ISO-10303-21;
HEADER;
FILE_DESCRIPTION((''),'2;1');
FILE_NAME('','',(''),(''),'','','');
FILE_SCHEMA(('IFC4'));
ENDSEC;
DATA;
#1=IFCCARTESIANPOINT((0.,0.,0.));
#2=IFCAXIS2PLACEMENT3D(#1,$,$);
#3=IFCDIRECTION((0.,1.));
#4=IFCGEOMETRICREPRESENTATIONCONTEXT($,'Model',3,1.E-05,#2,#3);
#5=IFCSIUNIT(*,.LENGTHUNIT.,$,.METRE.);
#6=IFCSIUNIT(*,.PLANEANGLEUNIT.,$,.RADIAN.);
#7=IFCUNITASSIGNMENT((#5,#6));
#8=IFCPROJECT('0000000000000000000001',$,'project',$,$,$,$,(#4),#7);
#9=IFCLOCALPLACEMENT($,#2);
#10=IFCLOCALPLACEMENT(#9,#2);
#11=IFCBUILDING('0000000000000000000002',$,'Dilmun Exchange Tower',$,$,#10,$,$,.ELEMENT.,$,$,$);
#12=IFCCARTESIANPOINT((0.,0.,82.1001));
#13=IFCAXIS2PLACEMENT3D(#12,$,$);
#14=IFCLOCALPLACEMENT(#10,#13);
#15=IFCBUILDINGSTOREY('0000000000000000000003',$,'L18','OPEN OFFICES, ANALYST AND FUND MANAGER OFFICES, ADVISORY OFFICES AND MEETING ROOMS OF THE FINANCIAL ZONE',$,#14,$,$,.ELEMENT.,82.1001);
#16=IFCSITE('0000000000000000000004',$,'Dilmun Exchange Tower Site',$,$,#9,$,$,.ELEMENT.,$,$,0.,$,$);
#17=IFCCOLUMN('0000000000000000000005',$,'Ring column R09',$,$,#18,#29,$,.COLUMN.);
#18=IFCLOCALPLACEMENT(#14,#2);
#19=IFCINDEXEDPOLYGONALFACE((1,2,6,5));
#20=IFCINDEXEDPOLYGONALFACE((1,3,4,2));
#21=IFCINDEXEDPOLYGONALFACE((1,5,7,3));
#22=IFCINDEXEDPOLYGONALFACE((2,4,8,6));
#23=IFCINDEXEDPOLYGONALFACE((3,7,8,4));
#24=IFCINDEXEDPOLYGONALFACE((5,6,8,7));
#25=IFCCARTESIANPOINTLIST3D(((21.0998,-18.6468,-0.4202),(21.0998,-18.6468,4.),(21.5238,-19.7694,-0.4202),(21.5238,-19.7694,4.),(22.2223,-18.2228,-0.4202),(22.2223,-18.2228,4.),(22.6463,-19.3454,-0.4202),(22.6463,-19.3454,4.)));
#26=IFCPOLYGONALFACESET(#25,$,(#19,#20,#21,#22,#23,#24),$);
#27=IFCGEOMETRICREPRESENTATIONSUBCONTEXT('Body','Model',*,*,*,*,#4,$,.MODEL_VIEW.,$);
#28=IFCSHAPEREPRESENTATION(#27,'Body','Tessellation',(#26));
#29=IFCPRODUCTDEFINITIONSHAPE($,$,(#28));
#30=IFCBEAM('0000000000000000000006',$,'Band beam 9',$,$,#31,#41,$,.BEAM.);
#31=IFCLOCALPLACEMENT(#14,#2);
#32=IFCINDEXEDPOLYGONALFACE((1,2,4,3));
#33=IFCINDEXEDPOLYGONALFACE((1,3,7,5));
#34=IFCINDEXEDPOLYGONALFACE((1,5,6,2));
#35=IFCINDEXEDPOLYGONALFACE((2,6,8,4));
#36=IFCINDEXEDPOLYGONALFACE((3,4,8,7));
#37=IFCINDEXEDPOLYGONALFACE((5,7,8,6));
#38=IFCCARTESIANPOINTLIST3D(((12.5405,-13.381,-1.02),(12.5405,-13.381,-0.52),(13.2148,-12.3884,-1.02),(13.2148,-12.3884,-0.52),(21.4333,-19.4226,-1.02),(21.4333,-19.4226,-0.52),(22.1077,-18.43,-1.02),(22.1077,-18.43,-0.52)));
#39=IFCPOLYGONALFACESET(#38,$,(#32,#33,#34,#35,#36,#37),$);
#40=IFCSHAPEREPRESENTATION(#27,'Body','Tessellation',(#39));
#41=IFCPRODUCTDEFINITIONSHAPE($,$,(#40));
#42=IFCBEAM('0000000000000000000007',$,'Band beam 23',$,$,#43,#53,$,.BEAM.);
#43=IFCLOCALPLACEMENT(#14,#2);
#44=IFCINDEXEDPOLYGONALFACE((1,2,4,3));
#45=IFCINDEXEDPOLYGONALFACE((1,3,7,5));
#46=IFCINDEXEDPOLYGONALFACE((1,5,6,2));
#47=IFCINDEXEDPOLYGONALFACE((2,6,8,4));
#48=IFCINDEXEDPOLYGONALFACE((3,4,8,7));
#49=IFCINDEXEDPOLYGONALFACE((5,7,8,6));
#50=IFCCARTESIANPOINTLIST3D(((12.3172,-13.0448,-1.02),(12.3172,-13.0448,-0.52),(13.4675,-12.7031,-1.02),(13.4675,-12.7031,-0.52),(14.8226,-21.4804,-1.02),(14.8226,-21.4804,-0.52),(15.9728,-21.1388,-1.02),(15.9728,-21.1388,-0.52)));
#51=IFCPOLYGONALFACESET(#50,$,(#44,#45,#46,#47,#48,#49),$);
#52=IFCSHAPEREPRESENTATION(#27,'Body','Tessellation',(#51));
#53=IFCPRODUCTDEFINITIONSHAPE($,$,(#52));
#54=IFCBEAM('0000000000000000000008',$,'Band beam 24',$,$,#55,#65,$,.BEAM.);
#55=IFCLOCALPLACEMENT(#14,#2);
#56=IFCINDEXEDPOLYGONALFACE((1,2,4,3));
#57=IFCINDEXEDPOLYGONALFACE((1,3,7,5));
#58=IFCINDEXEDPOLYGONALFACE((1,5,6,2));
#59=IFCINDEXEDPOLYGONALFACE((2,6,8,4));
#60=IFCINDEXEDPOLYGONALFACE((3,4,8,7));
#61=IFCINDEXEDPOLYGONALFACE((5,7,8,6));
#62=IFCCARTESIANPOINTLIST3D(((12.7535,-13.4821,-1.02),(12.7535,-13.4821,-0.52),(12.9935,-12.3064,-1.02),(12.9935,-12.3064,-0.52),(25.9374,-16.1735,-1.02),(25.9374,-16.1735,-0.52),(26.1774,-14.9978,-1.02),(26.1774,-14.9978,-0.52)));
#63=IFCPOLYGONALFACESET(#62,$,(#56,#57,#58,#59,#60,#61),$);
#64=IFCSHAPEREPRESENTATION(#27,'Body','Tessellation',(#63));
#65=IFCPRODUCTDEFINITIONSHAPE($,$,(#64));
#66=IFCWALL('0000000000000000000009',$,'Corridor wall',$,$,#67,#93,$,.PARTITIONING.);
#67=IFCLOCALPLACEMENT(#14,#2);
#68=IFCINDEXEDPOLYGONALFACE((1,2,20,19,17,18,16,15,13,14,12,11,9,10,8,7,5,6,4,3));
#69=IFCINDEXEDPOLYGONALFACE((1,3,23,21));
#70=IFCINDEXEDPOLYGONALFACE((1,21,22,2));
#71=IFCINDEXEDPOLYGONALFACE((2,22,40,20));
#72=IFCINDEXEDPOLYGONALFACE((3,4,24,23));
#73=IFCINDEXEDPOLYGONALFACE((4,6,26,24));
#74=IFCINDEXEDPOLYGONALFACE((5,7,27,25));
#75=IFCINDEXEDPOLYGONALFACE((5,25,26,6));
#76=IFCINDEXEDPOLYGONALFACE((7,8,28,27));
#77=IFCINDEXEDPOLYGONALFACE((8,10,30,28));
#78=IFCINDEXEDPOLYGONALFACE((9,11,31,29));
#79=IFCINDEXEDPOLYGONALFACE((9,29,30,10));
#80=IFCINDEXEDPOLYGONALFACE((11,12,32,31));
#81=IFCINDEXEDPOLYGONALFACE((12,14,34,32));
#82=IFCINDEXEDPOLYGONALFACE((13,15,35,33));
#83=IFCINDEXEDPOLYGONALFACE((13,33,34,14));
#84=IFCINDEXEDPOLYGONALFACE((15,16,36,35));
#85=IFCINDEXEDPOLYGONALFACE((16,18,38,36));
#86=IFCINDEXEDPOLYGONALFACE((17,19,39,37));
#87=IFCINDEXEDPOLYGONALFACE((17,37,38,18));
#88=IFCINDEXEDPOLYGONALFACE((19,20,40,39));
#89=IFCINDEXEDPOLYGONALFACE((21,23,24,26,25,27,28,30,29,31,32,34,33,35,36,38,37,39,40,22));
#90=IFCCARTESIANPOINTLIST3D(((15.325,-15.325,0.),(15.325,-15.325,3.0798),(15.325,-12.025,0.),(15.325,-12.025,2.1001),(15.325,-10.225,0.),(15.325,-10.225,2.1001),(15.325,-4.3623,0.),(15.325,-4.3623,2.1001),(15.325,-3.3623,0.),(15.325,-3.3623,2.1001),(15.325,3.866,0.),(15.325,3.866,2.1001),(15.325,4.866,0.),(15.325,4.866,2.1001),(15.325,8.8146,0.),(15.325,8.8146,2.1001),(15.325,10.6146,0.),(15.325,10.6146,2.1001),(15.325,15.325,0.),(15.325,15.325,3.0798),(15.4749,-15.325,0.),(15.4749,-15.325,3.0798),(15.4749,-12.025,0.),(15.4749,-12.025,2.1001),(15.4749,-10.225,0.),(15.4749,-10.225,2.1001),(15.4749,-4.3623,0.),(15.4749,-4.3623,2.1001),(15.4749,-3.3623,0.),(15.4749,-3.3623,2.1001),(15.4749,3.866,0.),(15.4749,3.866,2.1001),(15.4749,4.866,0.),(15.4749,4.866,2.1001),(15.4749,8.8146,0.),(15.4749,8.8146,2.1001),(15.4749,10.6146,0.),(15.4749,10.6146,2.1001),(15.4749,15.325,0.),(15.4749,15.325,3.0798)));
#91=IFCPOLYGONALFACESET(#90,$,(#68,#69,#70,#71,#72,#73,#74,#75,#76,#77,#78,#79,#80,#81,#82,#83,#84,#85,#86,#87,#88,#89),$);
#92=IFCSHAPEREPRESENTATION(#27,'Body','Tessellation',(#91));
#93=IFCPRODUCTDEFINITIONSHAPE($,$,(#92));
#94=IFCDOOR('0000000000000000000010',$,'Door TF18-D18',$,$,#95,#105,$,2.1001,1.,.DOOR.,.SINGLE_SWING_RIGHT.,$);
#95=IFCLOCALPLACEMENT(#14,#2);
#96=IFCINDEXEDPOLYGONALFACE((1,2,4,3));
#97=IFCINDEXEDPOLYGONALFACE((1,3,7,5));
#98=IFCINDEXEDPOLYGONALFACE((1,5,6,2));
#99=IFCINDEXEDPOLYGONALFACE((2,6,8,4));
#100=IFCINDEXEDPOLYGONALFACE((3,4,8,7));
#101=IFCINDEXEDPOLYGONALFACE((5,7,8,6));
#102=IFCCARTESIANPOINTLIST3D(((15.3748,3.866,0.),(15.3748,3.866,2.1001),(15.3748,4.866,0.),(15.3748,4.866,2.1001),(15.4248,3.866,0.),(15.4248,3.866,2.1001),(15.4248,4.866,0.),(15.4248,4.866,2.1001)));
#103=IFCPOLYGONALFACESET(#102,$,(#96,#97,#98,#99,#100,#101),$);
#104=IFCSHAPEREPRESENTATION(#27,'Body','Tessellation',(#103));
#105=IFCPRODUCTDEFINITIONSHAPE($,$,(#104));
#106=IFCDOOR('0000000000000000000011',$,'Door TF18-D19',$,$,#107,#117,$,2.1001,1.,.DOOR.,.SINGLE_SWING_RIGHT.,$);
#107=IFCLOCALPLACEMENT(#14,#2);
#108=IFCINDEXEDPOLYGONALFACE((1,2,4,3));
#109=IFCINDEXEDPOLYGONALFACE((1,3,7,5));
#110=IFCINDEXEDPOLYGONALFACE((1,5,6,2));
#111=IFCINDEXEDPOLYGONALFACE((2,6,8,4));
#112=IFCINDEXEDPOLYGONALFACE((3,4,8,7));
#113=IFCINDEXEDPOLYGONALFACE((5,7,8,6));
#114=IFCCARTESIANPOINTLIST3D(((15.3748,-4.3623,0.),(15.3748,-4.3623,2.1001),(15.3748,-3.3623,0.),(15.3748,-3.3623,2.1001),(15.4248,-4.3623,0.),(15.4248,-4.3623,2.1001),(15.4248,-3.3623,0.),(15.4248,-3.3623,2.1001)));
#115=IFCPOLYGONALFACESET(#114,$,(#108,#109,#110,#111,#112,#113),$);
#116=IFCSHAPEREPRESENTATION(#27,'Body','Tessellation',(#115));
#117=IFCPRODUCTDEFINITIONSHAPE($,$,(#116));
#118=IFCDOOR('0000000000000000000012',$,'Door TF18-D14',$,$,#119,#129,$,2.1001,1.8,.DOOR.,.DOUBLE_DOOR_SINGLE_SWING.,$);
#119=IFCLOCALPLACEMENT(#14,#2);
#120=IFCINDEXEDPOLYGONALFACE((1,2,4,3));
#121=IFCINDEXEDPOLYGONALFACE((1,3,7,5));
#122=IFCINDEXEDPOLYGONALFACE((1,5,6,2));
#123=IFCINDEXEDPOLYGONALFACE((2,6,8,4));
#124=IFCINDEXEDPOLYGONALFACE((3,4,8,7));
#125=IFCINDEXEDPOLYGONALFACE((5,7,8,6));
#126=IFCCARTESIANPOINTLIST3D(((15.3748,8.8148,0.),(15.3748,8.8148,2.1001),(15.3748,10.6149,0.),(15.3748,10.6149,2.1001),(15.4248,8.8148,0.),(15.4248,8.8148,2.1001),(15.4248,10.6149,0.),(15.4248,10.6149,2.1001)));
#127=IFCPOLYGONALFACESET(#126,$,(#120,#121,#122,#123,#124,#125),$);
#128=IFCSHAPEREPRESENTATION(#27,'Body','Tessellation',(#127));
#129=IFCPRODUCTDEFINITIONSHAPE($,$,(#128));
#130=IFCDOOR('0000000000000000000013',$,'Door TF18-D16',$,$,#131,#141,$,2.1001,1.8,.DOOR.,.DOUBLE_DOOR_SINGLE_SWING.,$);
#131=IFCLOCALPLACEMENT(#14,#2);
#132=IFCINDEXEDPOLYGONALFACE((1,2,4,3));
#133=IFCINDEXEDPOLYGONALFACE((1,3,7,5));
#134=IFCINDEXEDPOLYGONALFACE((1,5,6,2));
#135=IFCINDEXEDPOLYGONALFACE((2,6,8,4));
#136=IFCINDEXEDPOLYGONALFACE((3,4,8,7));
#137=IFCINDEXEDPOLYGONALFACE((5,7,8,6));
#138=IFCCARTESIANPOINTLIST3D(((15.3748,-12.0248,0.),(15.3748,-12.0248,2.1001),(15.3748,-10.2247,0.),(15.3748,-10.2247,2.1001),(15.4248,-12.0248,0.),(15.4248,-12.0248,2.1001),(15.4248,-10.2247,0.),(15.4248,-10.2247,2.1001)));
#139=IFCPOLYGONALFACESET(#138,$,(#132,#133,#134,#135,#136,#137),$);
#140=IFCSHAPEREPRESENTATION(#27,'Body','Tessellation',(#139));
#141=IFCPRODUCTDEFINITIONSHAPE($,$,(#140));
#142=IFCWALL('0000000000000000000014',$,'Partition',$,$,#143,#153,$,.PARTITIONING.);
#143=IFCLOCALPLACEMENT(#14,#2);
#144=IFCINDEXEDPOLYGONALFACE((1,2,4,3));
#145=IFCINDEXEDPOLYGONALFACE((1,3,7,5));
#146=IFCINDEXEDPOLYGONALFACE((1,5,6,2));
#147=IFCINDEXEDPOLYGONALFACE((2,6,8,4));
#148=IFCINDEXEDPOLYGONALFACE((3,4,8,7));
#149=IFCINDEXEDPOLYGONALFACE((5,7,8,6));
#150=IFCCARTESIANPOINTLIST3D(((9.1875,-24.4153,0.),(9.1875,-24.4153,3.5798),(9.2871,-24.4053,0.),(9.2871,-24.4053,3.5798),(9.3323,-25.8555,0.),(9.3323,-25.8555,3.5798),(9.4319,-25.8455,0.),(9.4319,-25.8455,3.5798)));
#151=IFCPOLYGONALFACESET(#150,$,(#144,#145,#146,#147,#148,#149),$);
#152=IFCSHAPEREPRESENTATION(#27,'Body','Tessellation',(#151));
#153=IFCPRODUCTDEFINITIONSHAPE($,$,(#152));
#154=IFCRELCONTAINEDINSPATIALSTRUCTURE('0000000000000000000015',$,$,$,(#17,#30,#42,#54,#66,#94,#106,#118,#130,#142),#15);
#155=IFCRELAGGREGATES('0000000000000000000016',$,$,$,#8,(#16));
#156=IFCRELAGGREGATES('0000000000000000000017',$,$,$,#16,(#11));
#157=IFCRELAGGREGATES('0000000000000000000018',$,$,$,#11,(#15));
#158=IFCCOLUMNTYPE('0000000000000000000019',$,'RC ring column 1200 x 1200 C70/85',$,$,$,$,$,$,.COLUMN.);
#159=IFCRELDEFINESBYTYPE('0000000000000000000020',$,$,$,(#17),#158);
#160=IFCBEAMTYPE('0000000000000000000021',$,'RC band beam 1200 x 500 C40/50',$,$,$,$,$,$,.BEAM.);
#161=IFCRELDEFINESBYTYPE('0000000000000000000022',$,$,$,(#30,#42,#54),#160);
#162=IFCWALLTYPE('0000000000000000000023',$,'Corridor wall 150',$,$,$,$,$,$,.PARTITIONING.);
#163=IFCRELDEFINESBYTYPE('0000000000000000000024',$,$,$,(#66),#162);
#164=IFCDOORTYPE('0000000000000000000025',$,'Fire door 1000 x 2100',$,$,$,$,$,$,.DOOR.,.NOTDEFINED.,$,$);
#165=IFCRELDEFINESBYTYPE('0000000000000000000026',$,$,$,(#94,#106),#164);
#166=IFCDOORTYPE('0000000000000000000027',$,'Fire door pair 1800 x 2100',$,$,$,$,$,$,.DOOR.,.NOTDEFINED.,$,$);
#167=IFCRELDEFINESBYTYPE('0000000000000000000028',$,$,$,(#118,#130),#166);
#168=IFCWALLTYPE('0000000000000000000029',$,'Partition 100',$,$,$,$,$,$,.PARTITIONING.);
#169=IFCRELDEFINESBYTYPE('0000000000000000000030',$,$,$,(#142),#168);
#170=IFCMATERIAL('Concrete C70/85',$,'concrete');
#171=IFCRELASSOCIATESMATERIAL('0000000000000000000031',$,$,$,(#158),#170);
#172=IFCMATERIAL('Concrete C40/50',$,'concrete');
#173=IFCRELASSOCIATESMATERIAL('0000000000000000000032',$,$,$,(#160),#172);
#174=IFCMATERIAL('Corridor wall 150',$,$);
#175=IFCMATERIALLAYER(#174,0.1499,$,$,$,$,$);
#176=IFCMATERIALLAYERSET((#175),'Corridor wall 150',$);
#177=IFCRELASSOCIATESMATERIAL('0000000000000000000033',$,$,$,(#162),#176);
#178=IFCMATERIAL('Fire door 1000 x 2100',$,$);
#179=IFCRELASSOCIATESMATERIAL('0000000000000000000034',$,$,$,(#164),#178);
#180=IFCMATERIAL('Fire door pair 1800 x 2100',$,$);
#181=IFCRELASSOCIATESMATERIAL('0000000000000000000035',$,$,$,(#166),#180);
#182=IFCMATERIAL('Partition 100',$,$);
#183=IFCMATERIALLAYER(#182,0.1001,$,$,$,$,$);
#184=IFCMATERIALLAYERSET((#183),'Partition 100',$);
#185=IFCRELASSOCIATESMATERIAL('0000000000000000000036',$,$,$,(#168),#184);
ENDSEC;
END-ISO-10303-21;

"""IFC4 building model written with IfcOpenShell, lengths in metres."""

from ifc_helpers import new_model, si_unit, direction, frame, frame_2d, origin, origin_2d, place, context, subcontext, project, spatial, rectangle, extrude, material, layer, layer_set, material_profile, profile_set, type_object, element, fill, save


model = new_model("IFC4")

# Units and contexts
model_context = context("Model", 3, precision=1e-05, world=origin(), true_north=direction((0.0, 1.0)))
body_context = subcontext(model_context, "Body", "Model", "MODEL_VIEW")
ifc_project = project(units=[si_unit("LENGTHUNIT", "METRE"), si_unit("PLANEANGLEUNIT", "RADIAN")], contexts=[model_context])

# Site, building, storey
site_placement = place(None, origin())
site = spatial("IfcSite", under=ifc_project, at=site_placement, Name="Dilmun Exchange Tower Site", CompositionType="ELEMENT", RefElevation=0.0)
building_placement = place(site_placement, origin())
building = spatial("IfcBuilding", under=site, at=building_placement, Name="Dilmun Exchange Tower", CompositionType="ELEMENT")
storey_placement = place(building_placement, frame((0.0, 0.0, 82.1001)))
storey = spatial("IfcBuildingStorey", under=building, at=storey_placement, Name="L18", Description="OPEN OFFICES, ANALYST AND FUND MANAGER OFFICES, ADVISORY OFFICES AND MEETING ROOMS OF THE FINANCIAL ZONE", CompositionType="ELEMENT", Elevation=82.1001)

# Column
ifc_material_1 = material(Name="Concrete C70/85", Category="concrete")
ifc_material_profile_1 = material_profile(ifc_material_1, rectangle(XDim=1.2, YDim=1.2, at=origin_2d()), Name="1200 x 1200")
ifc_profile_set_1 = profile_set([ifc_material_profile_1], Name="Concrete C70/85")
column_type = type_object("IfcColumnType", Name="RC ring column 1200 x 1200 C70/85", PredefinedType="COLUMN", material=ifc_profile_set_1)
column_placement = place(storey_placement, frame((21.873, -18.9961, -0.4202), z_axis=(0.0, 0.0, 1.0), x_axis=(0.935492, 0.353349, 0.0)))
element("IfcColumn", 1, at=column_placement, inside=storey, type_object=column_type, Name="Ring column R09", PredefinedType="COLUMN", context=body_context, shape_type="SweptSolid", body=[
    extrude(rectangle(XDim=1.2, YDim=1.2, at=origin_2d()), origin(), (0.0, 0.0, 1.0), 4.4202),
])

# Beams
ifc_material_2 = material(Name="Concrete C40/50", Category="concrete")
ifc_material_profile_2 = material_profile(ifc_material_2, rectangle(XDim=1.2, YDim=0.5, at=origin_2d()), Name="1200 x 500")
ifc_profile_set_2 = profile_set([ifc_material_profile_2], Name="Concrete C40/50")
beam_type = type_object("IfcBeamType", Name="RC band beam 1200 x 500 C40/50", PredefinedType="BEAM", material=ifc_profile_set_2)
beam_1_placement = place(storey_placement, frame((21.7705, -18.9263, -0.77), z_axis=(-0.827169, 0.561953, 0.0), x_axis=(-0.561953, -0.827169, 0.0)))
element("IfcBeam", 2, at=beam_1_placement, inside=storey, type_object=beam_type, Name="Band beam 9", PredefinedType="BEAM", context=body_context, shape_type="SweptSolid", body=[
    extrude(rectangle(XDim=1.2, YDim=0.5, at=origin_2d()), origin(), (0.0, 0.0, 1.0), 10.751),
])
beam_2_placement = place(storey_placement, frame((15.3977, -21.3096, -0.77), z_axis=(-0.28471, 0.958614, 0.0), x_axis=(-0.958614, -0.28471, 0.0)))
element("IfcBeam", 3, at=beam_2_placement, inside=storey, type_object=beam_type, Name="Band beam 23", PredefinedType="BEAM", context=body_context, shape_type="SweptSolid", body=[
    extrude(rectangle(XDim=1.2, YDim=0.5, at=origin_2d()), origin(), (0.0, 0.0, 1.0), 8.7998),
])
beam_3_placement = place(storey_placement, frame((26.0574, -15.5857, -0.77), z_axis=(-0.979792, 0.200019, 0.0), x_axis=(-0.200019, -0.979792, 0.0)))
element("IfcBeam", 4, at=beam_3_placement, inside=storey, type_object=beam_type, Name="Band beam 24", PredefinedType="BEAM", context=body_context, shape_type="SweptSolid", body=[
    extrude(rectangle(XDim=1.2, YDim=0.5, at=origin_2d()), origin(), (0.0, 0.0, 1.0), 13.4558),
])

# Wall, openings, doors
ifc_material_3 = material(Name="Corridor wall 150")
ifc_layer_1 = layer(ifc_material_3, 0.1499)
ifc_layer_set_1 = layer_set([ifc_layer_1], Name="Corridor wall 150")
wall_type_1 = type_object("IfcWallType", Name="Corridor wall 150", PredefinedType="PARTITIONING", material=ifc_layer_set_1)
wall_1_placement = place(storey_placement, frame((15.3999, -15.325, 0.0), z_axis=(0.0, 0.0, 1.0), x_axis=(0.0, 1.0, 0.0)))
wall_1 = element("IfcWall", 5, at=wall_1_placement, inside=storey, type_object=wall_type_1, Name="Corridor wall", PredefinedType="PARTITIONING", context=body_context, shape_type="SweptSolid", body=[
    extrude(rectangle(XDim=30.6499, YDim=0.1499, at=frame_2d((15.325, 0.0))), origin(), (0.0, 0.0, 1.0), 3.0798),
])
opening_1_placement = place(wall_1_placement, frame((24.1396, 0.0, 0.0)))
opening_1 = element("IfcOpeningElement", 6, at=opening_1_placement, cuts=wall_1, PredefinedType="OPENING", context=body_context, shape_type="SweptSolid", body=[
    extrude(rectangle(XDim=1.8, YDim=2.1001, at=frame_2d((0.8999, 1.05))), frame((0.0, 0.085, 0.0), z_axis=(0.0, -1.0, 0.0), x_axis=(1.0, 0.0, 0.0)), (0.0, 0.0, 1.0), 0.1699),
])
opening_2_placement = place(wall_1_placement, frame((3.3, 0.0, 0.0)))
opening_2 = element("IfcOpeningElement", 7, at=opening_2_placement, cuts=wall_1, PredefinedType="OPENING", context=body_context, shape_type="SweptSolid", body=[
    extrude(rectangle(XDim=1.8, YDim=2.1001, at=frame_2d((0.8999, 1.05))), frame((0.0, 0.085, 0.0), z_axis=(0.0, -1.0, 0.0), x_axis=(1.0, 0.0, 0.0)), (0.0, 0.0, 1.0), 0.1699),
])
opening_3_placement = place(wall_1_placement, frame((19.1909, 0.0, 0.0)))
opening_3 = element("IfcOpeningElement", 8, at=opening_3_placement, cuts=wall_1, PredefinedType="OPENING", context=body_context, shape_type="SweptSolid", body=[
    extrude(rectangle(XDim=1.0, YDim=2.1001, at=frame_2d((0.5, 1.05))), frame((0.0, 0.085, 0.0), z_axis=(0.0, -1.0, 0.0), x_axis=(1.0, 0.0, 0.0)), (0.0, 0.0, 1.0), 0.1699),
])
opening_4_placement = place(wall_1_placement, frame((10.9626, 0.0, 0.0)))
opening_4 = element("IfcOpeningElement", 9, at=opening_4_placement, cuts=wall_1, PredefinedType="OPENING", context=body_context, shape_type="SweptSolid", body=[
    extrude(rectangle(XDim=1.0, YDim=2.1001, at=frame_2d((0.5, 1.05))), frame((0.0, 0.085, 0.0), z_axis=(0.0, -1.0, 0.0), x_axis=(1.0, 0.0, 0.0)), (0.0, 0.0, 1.0), 0.1699),
])
ifc_material_4 = material(Name="Fire door 1000 x 2100")
door_type_1 = type_object("IfcDoorType", Name="Fire door 1000 x 2100", OperationType="NOTDEFINED", PredefinedType="DOOR", material=ifc_material_4)
door_1_placement = place(opening_3_placement, frame((1.0, 0.0, 0.0), z_axis=(0.0, 0.0, 1.0), x_axis=(-1.0, 0.0, 0.0)))
door_1 = element("IfcDoor", 10, at=door_1_placement, inside=storey, type_object=door_type_1, Name="Door TF18-D18", OperationType="SINGLE_SWING_RIGHT", OverallHeight=2.1001, OverallWidth=1.0, PredefinedType="DOOR", context=body_context, shape_type="SweptSolid", body=[
    extrude(rectangle(XDim=1.0, YDim=2.1001, at=frame_2d((0.5, 1.05))), frame((0.0, 0.0249, 0.0), z_axis=(0.0, -1.0, 0.0), x_axis=(1.0, 0.0, 0.0)), (0.0, 0.0, 1.0), 0.05),
])
fill(opening_3, door_1)
door_2_placement = place(opening_4_placement, frame((1.0, 0.0, 0.0), z_axis=(0.0, 0.0, 1.0), x_axis=(-1.0, 0.0, 0.0)))
door_2 = element("IfcDoor", 11, at=door_2_placement, inside=storey, type_object=door_type_1, Name="Door TF18-D19", OperationType="SINGLE_SWING_RIGHT", OverallHeight=2.1001, OverallWidth=1.0, PredefinedType="DOOR", context=body_context, shape_type="SweptSolid", body=[
    extrude(rectangle(XDim=1.0, YDim=2.1001, at=frame_2d((0.5, 1.05))), frame((0.0, 0.0249, 0.0), z_axis=(0.0, -1.0, 0.0), x_axis=(1.0, 0.0, 0.0)), (0.0, 0.0, 1.0), 0.05),
])
fill(opening_4, door_2)
ifc_material_5 = material(Name="Fire door pair 1800 x 2100")
door_type_2 = type_object("IfcDoorType", Name="Fire door pair 1800 x 2100", OperationType="NOTDEFINED", PredefinedType="DOOR", material=ifc_material_5)
door_3_placement = place(opening_1_placement, frame((1.8, 0.0, 0.0), z_axis=(0.0, 0.0, 1.0), x_axis=(-1.0, 0.0, 0.0)))
door_3 = element("IfcDoor", 12, at=door_3_placement, inside=storey, type_object=door_type_2, Name="Door TF18-D14", OperationType="DOUBLE_DOOR_SINGLE_SWING", OverallHeight=2.1001, OverallWidth=1.8, PredefinedType="DOOR", context=body_context, shape_type="SweptSolid", body=[
    extrude(rectangle(XDim=1.8, YDim=2.1001, at=frame_2d((0.8999, 1.05))), frame((0.0, 0.0249, 0.0), z_axis=(0.0, -1.0, 0.0), x_axis=(1.0, 0.0, 0.0)), (0.0, 0.0, 1.0), 0.05),
])
fill(opening_1, door_3)
door_4_placement = place(opening_2_placement, frame((1.8, 0.0, 0.0), z_axis=(0.0, 0.0, 1.0), x_axis=(-1.0, 0.0, 0.0)))
door_4 = element("IfcDoor", 13, at=door_4_placement, inside=storey, type_object=door_type_2, Name="Door TF18-D16", OperationType="DOUBLE_DOOR_SINGLE_SWING", OverallHeight=2.1001, OverallWidth=1.8, PredefinedType="DOOR", context=body_context, shape_type="SweptSolid", body=[
    extrude(rectangle(XDim=1.8, YDim=2.1001, at=frame_2d((0.8999, 1.05))), frame((0.0, 0.0249, 0.0), z_axis=(0.0, -1.0, 0.0), x_axis=(1.0, 0.0, 0.0)), (0.0, 0.0, 1.0), 0.05),
])
fill(opening_2, door_4)

# Wall
ifc_material_6 = material(Name="Partition 100")
ifc_layer_2 = layer(ifc_material_6, 0.1001)
ifc_layer_set_2 = layer_set([ifc_layer_2], Name="Partition 100")
wall_type_2 = type_object("IfcWallType", Name="Partition 100", PredefinedType="PARTITIONING", material=ifc_layer_set_2)
wall_2_placement = place(storey_placement, frame((9.2373, -24.4104, 0.0), z_axis=(0.0, 0.0, 1.0), x_axis=(0.100021, -0.994985, 0.0)))
element("IfcWall", 14, at=wall_2_placement, inside=storey, type_object=wall_type_2, Name="Partition", PredefinedType="PARTITIONING", context=body_context, shape_type="SweptSolid", body=[
    extrude(rectangle(XDim=1.4475, YDim=0.1001, at=frame_2d((0.7236, 0.0))), origin(), (0.0, 0.0, 1.0), 3.5798),
])

save(model, "model.ifc")
